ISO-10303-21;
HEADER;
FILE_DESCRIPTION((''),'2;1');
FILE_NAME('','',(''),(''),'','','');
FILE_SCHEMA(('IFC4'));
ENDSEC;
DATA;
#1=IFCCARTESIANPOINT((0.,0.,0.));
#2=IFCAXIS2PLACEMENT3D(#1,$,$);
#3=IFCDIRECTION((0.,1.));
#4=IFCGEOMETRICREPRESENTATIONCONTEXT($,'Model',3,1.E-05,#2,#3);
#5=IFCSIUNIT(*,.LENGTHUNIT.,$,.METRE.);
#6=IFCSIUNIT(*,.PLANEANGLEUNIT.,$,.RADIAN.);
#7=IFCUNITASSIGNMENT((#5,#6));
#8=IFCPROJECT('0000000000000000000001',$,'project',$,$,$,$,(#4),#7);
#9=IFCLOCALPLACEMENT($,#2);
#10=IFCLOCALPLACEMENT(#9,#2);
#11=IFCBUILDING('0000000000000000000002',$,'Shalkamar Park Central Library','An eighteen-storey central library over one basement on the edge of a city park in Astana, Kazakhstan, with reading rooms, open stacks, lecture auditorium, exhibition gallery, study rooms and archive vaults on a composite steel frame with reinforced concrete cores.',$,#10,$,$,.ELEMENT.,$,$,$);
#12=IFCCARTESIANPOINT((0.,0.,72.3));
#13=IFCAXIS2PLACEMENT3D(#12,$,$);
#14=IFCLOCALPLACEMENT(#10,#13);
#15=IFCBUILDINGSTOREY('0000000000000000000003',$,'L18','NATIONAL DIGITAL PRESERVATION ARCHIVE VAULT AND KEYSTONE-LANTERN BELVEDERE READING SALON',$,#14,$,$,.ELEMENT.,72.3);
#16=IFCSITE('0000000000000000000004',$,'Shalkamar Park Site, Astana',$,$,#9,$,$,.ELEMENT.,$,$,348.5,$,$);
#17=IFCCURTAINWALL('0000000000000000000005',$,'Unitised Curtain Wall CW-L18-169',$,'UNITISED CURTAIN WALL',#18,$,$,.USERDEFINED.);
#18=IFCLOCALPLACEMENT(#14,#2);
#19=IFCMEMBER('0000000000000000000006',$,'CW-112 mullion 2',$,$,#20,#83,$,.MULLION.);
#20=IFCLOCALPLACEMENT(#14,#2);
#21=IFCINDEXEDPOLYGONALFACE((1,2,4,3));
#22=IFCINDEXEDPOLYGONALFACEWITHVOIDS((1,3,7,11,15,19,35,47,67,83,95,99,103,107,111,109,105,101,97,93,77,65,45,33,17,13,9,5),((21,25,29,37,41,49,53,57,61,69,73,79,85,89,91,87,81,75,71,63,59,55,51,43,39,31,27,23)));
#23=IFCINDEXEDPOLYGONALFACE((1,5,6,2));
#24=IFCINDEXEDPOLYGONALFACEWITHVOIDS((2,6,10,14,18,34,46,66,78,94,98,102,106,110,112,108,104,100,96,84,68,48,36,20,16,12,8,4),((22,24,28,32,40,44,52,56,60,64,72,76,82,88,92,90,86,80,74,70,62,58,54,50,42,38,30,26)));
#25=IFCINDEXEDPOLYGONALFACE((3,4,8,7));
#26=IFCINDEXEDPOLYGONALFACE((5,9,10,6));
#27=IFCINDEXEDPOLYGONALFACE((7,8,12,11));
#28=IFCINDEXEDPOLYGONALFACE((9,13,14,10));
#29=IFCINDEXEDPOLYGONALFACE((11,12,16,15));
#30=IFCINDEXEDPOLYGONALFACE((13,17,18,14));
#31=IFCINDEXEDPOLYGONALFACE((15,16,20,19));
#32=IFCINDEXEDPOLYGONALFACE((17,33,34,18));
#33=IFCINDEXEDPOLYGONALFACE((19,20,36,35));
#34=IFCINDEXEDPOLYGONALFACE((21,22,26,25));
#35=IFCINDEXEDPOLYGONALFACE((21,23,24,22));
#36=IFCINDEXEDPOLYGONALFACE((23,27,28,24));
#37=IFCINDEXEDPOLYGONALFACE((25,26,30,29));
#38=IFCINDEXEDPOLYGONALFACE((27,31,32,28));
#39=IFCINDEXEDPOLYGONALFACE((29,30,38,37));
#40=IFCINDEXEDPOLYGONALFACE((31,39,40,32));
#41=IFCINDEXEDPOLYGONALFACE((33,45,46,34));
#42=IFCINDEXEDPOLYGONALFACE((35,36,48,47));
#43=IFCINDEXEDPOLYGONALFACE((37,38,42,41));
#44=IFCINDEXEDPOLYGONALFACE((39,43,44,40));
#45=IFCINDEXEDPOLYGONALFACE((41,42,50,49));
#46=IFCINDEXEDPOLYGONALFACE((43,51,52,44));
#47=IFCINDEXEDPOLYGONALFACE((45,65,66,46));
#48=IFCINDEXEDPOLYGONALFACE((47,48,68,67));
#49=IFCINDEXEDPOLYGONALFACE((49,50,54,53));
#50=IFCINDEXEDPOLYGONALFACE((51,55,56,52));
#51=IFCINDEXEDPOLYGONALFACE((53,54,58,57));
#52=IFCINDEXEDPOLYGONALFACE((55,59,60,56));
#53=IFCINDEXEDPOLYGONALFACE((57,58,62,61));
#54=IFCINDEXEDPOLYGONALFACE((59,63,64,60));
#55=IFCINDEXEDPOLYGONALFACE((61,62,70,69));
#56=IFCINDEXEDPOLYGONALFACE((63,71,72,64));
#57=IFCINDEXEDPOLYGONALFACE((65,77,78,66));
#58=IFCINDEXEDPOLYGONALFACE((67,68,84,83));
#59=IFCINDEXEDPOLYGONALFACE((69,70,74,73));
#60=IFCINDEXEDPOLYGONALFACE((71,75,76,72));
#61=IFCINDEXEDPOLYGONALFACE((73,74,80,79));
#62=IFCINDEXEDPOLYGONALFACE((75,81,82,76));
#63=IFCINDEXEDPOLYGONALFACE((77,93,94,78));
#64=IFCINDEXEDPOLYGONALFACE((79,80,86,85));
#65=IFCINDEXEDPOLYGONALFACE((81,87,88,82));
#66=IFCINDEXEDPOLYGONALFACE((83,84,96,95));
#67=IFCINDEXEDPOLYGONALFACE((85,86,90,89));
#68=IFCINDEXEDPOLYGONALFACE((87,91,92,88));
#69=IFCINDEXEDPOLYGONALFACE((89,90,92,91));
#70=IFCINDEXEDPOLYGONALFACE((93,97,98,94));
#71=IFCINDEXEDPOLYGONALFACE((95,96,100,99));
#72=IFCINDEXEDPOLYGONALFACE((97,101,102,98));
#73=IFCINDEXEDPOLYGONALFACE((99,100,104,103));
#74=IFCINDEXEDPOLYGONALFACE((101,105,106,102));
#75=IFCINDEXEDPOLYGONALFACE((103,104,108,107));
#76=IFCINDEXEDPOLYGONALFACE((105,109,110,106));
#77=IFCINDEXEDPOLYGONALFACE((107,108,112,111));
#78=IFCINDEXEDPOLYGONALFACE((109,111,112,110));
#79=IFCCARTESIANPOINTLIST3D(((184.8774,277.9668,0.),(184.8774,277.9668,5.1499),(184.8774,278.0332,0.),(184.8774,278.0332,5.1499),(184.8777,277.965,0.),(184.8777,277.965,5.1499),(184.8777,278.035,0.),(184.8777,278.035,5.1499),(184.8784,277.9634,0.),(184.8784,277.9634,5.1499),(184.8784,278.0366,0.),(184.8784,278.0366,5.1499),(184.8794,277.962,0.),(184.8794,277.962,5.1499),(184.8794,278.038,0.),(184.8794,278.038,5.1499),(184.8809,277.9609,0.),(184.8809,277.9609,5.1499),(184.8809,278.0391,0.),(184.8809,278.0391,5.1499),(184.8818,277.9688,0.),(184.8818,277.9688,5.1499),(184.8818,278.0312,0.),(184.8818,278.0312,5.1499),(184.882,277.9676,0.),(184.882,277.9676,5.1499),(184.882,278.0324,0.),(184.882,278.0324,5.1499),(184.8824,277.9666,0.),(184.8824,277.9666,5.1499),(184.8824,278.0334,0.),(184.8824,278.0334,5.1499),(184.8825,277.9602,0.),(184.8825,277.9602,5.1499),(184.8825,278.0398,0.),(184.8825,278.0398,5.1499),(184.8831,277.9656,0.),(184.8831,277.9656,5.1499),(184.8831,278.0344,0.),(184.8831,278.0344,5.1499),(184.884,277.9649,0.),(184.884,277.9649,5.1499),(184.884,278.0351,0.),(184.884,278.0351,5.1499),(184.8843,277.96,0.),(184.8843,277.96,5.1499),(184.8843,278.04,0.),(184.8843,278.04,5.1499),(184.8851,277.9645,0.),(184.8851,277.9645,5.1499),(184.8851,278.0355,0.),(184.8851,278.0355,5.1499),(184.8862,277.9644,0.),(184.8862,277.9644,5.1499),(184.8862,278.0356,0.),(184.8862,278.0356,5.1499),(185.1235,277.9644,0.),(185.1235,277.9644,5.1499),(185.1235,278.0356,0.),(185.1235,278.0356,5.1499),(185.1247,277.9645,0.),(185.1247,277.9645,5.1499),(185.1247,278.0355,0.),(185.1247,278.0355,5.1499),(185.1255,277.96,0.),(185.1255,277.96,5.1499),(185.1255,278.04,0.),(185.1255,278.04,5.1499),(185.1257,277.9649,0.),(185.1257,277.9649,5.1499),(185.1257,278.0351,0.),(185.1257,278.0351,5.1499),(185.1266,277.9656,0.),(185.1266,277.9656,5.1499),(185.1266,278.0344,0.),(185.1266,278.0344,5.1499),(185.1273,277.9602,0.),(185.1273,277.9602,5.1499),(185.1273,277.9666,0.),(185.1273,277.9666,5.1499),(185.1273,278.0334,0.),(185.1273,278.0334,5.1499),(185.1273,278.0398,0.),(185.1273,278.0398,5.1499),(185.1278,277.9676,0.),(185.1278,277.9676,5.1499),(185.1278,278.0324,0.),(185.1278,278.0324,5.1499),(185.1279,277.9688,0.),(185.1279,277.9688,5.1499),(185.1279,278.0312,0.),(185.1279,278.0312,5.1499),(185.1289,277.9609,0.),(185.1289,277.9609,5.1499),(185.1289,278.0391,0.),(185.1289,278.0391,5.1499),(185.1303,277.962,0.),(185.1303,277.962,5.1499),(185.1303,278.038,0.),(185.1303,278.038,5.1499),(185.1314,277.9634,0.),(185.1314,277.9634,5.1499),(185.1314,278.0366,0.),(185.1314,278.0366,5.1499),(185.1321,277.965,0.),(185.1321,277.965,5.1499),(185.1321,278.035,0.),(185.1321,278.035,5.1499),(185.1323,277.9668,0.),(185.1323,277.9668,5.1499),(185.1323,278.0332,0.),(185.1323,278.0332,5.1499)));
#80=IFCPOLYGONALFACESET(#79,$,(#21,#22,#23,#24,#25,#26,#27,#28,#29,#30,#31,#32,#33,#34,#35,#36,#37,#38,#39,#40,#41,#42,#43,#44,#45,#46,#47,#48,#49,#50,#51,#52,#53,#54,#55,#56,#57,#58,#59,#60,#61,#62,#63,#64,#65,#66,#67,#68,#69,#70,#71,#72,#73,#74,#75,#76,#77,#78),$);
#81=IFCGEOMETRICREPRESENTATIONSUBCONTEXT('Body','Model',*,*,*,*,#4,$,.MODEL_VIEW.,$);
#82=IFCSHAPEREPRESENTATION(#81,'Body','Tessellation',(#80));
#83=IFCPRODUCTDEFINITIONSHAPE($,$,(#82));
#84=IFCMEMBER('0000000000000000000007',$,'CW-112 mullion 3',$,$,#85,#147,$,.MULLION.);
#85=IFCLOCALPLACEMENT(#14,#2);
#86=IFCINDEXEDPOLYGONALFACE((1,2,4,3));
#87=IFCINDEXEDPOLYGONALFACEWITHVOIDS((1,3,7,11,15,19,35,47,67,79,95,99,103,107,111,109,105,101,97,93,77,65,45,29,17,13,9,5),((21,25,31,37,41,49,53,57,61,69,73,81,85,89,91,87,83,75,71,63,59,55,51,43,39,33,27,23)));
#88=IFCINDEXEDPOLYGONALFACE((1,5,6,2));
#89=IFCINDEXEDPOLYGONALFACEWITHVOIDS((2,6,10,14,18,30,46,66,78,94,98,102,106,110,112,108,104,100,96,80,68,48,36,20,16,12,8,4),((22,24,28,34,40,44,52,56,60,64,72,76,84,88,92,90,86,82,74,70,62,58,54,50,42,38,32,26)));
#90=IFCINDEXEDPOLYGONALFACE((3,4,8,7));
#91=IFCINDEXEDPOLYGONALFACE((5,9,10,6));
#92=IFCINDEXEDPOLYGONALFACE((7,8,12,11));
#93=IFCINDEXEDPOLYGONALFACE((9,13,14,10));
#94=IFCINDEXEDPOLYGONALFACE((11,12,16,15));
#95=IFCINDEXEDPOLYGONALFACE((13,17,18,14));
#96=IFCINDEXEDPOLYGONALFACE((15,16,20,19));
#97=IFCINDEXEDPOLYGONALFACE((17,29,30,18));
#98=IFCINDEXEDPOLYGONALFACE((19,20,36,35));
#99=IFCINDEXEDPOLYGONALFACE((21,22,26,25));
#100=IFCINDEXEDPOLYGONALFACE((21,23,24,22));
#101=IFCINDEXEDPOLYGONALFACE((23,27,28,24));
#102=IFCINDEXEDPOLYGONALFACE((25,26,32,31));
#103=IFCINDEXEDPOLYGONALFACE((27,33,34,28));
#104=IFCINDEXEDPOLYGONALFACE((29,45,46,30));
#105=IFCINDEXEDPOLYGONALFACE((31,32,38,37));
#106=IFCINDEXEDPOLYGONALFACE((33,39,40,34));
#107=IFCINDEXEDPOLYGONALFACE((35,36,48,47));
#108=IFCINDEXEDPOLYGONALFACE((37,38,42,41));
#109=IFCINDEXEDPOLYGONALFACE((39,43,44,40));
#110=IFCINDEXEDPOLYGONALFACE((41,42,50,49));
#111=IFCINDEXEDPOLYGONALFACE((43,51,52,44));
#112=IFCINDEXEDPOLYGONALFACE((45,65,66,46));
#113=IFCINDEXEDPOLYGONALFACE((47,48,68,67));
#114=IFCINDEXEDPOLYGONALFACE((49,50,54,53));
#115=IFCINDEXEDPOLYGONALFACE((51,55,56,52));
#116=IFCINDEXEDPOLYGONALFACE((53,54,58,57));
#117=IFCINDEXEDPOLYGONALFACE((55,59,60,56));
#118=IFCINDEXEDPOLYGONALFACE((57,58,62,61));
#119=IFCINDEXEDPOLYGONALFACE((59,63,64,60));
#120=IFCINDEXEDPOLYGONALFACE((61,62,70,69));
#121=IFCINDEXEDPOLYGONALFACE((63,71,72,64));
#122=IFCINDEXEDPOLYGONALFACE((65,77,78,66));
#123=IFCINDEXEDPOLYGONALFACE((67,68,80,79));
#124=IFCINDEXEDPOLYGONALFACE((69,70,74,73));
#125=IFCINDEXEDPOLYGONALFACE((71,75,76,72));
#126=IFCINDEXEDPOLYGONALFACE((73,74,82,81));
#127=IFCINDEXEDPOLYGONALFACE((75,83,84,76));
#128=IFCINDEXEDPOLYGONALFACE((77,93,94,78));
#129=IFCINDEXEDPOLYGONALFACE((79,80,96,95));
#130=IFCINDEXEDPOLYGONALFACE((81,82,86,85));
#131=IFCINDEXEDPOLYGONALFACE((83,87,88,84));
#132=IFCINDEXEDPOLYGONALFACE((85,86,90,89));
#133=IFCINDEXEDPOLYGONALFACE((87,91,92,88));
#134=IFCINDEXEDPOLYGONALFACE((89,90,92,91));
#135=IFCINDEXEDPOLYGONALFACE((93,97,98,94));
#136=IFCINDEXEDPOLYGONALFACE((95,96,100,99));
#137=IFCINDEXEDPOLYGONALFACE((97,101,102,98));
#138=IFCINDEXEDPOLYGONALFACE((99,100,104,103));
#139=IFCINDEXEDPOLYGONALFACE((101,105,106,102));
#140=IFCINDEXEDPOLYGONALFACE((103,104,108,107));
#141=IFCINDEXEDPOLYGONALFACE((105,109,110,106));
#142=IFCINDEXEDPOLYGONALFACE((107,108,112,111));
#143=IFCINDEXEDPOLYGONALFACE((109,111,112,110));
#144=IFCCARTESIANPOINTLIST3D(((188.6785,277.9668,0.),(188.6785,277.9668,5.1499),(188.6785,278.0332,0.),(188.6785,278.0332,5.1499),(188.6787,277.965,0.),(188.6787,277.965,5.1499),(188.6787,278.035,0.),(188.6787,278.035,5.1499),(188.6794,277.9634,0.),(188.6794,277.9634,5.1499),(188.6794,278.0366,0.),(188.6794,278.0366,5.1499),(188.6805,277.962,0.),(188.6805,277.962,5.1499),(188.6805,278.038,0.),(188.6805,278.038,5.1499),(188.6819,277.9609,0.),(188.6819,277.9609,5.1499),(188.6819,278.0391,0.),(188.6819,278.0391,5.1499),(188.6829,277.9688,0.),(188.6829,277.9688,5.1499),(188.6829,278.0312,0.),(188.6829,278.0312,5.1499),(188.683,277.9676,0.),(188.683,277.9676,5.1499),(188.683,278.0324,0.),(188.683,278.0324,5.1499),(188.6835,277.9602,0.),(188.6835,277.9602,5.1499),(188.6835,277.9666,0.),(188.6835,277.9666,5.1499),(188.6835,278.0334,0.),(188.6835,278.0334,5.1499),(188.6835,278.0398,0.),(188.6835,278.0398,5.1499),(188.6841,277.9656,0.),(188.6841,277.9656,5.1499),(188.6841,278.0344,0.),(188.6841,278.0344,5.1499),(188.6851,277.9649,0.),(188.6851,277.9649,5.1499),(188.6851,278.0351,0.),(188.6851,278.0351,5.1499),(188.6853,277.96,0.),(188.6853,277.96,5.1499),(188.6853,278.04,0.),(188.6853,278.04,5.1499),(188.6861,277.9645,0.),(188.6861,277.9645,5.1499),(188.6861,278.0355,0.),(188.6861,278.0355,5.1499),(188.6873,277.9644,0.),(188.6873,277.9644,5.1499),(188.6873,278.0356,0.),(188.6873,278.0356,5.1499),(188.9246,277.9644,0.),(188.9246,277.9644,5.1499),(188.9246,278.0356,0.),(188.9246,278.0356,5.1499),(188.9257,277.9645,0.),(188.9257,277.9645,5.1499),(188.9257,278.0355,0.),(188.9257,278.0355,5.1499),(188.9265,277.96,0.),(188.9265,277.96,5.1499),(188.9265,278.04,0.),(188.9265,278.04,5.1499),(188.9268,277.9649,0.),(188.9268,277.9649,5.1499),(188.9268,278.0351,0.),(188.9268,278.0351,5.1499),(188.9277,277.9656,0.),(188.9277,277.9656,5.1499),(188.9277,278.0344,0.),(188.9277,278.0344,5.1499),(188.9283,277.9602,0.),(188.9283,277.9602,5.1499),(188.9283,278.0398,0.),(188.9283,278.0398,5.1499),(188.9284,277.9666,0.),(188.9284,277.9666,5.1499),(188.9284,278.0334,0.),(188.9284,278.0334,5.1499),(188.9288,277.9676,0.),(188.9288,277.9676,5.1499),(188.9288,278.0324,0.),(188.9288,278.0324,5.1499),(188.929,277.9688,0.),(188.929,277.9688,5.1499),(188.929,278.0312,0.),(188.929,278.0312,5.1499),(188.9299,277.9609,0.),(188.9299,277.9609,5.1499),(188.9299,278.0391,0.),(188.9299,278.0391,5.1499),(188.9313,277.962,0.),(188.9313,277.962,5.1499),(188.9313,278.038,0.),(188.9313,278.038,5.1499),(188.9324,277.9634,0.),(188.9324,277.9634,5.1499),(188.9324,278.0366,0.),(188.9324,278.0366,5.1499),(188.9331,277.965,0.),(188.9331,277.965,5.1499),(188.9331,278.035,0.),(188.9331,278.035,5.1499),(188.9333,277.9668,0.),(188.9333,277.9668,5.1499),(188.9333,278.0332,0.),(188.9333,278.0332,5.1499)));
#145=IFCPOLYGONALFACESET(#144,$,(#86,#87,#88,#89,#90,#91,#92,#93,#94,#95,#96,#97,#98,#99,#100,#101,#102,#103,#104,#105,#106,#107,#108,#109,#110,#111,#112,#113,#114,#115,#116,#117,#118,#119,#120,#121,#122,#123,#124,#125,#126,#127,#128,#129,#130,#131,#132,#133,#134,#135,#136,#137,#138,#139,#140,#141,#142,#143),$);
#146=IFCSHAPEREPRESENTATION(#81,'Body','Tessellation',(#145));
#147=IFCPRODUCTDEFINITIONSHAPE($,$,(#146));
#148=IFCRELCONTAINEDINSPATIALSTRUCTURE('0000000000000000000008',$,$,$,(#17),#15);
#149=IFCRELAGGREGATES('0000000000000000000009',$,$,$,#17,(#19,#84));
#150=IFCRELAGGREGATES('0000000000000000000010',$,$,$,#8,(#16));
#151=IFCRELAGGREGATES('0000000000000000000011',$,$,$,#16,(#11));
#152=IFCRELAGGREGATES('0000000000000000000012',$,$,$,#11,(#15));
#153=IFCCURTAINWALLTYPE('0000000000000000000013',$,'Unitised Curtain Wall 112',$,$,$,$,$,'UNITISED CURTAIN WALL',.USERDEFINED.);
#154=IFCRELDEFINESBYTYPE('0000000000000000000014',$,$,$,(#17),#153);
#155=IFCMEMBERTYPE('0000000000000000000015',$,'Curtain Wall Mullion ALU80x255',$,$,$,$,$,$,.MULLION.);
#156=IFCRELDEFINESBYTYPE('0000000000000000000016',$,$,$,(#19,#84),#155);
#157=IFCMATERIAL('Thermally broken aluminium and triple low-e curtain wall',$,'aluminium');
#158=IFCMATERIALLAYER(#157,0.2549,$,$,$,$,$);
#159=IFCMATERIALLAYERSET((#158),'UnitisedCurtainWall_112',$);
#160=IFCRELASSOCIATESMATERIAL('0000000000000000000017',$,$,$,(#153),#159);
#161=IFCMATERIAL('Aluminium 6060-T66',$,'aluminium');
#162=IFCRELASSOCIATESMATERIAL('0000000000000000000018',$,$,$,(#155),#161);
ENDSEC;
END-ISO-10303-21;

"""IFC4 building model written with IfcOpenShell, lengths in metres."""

from ifc_helpers import new_model, si_unit, direction, frame, origin, origin_2d, place, context, subcontext, project, spatial, hollow_rectangle, extrude, material, layer, layer_set, material_profile, profile_set, type_object, element, aggregate, save


model = new_model("IFC4")

# Units and contexts
model_context = context("Model", 3, precision=1e-05, world=origin(), true_north=direction((0.0, 1.0)))
body_context = subcontext(model_context, "Body", "Model", "MODEL_VIEW")
ifc_project = project(units=[si_unit("LENGTHUNIT", "METRE"), si_unit("PLANEANGLEUNIT", "RADIAN")], contexts=[model_context])

# Site, building, storey
site_placement = place(None, origin())
site = spatial("IfcSite", under=ifc_project, at=site_placement, Name="Shalkamar Park Site, Astana", CompositionType="ELEMENT", RefElevation=348.5)
building_placement = place(site_placement, origin())
building = spatial("IfcBuilding", under=site, at=building_placement, Name="Shalkamar Park Central Library", Description="An eighteen-storey central library over one basement on the edge of a city park in Astana, Kazakhstan, with reading rooms, open stacks, lecture auditorium, exhibition gallery, study rooms and archive vaults on a composite steel frame with reinforced concrete cores.", CompositionType="ELEMENT")
storey_placement = place(building_placement, frame((0.0, 0.0, 72.3)))
storey = spatial("IfcBuildingStorey", under=building, at=storey_placement, Name="L18", Description="NATIONAL DIGITAL PRESERVATION ARCHIVE VAULT AND KEYSTONE-LANTERN BELVEDERE READING SALON", CompositionType="ELEMENT", Elevation=72.3)

# Shared definitions
ifc_material_1 = material(Name="Thermally broken aluminium and triple low-e curtain wall", Category="aluminium")
ifc_material_2 = material(Name="Aluminium 6060-T66", Category="aluminium")

# Curtain wall, members
ifc_layer_1 = layer(ifc_material_1, 0.2549)
ifc_layer_set_1 = layer_set([ifc_layer_1], Name="UnitisedCurtainWall_112")
curtain_wall_type_1 = type_object("IfcCurtainWallType", Name="Unitised Curtain Wall 112", ElementType="UNITISED CURTAIN WALL", PredefinedType="USERDEFINED", material=ifc_layer_set_1)
curtain_wall_1_placement = place(storey_placement, origin())
curtain_wall_1 = element("IfcCurtainWall", 1, at=curtain_wall_1_placement, inside=storey, type_object=curtain_wall_type_1, Name="Unitised Curtain Wall CW-L18-169", ObjectType="UNITISED CURTAIN WALL", PredefinedType="USERDEFINED")
ifc_material_profile_1 = material_profile(ifc_material_2, hollow_rectangle(XDim=0.0801, YDim=0.2549, WallThickness=0.0044, InnerFilletRadius=0.0044, OuterFilletRadius=0.0068, at=origin_2d()), Name="ALU 80x255x4.5")
ifc_profile_set_1 = profile_set([ifc_material_profile_1], Name="Aluminium 6060-T66")
member_type_1 = type_object("IfcMemberType", Name="Curtain Wall Mullion ALU80x255", PredefinedType="MULLION", material=ifc_profile_set_1)
member_1_placement = place(storey_placement, frame((185.0049, 278.0, 0.0), z_axis=(0.0, 0.0, 1.0), x_axis=(0.0, 1.0, 0.0)))
member_1 = element("IfcMember", 2, at=member_1_placement, type_object=member_type_1, Name="CW-112 mullion 2", PredefinedType="MULLION", context=body_context, shape_type="SweptSolid", body=[
    extrude(hollow_rectangle(XDim=0.0801, YDim=0.2549, WallThickness=0.0044, InnerFilletRadius=0.0044, OuterFilletRadius=0.0068, at=origin_2d()), origin(), (0.0, 0.0, 1.0), 5.1499),
])
member_2_placement = place(storey_placement, frame((188.8059, 278.0, 0.0), z_axis=(0.0, 0.0, 1.0), x_axis=(0.0, 1.0, 0.0)))
member_2 = element("IfcMember", 3, at=member_2_placement, type_object=member_type_1, Name="CW-112 mullion 3", PredefinedType="MULLION", context=body_context, shape_type="SweptSolid", body=[
    extrude(hollow_rectangle(XDim=0.0801, YDim=0.2549, WallThickness=0.0044, InnerFilletRadius=0.0044, OuterFilletRadius=0.0068, at=origin_2d()), origin(), (0.0, 0.0, 1.0), 5.1499),
])

aggregate(curtain_wall_1, [member_1, member_2])

save(model, "model.ifc")
